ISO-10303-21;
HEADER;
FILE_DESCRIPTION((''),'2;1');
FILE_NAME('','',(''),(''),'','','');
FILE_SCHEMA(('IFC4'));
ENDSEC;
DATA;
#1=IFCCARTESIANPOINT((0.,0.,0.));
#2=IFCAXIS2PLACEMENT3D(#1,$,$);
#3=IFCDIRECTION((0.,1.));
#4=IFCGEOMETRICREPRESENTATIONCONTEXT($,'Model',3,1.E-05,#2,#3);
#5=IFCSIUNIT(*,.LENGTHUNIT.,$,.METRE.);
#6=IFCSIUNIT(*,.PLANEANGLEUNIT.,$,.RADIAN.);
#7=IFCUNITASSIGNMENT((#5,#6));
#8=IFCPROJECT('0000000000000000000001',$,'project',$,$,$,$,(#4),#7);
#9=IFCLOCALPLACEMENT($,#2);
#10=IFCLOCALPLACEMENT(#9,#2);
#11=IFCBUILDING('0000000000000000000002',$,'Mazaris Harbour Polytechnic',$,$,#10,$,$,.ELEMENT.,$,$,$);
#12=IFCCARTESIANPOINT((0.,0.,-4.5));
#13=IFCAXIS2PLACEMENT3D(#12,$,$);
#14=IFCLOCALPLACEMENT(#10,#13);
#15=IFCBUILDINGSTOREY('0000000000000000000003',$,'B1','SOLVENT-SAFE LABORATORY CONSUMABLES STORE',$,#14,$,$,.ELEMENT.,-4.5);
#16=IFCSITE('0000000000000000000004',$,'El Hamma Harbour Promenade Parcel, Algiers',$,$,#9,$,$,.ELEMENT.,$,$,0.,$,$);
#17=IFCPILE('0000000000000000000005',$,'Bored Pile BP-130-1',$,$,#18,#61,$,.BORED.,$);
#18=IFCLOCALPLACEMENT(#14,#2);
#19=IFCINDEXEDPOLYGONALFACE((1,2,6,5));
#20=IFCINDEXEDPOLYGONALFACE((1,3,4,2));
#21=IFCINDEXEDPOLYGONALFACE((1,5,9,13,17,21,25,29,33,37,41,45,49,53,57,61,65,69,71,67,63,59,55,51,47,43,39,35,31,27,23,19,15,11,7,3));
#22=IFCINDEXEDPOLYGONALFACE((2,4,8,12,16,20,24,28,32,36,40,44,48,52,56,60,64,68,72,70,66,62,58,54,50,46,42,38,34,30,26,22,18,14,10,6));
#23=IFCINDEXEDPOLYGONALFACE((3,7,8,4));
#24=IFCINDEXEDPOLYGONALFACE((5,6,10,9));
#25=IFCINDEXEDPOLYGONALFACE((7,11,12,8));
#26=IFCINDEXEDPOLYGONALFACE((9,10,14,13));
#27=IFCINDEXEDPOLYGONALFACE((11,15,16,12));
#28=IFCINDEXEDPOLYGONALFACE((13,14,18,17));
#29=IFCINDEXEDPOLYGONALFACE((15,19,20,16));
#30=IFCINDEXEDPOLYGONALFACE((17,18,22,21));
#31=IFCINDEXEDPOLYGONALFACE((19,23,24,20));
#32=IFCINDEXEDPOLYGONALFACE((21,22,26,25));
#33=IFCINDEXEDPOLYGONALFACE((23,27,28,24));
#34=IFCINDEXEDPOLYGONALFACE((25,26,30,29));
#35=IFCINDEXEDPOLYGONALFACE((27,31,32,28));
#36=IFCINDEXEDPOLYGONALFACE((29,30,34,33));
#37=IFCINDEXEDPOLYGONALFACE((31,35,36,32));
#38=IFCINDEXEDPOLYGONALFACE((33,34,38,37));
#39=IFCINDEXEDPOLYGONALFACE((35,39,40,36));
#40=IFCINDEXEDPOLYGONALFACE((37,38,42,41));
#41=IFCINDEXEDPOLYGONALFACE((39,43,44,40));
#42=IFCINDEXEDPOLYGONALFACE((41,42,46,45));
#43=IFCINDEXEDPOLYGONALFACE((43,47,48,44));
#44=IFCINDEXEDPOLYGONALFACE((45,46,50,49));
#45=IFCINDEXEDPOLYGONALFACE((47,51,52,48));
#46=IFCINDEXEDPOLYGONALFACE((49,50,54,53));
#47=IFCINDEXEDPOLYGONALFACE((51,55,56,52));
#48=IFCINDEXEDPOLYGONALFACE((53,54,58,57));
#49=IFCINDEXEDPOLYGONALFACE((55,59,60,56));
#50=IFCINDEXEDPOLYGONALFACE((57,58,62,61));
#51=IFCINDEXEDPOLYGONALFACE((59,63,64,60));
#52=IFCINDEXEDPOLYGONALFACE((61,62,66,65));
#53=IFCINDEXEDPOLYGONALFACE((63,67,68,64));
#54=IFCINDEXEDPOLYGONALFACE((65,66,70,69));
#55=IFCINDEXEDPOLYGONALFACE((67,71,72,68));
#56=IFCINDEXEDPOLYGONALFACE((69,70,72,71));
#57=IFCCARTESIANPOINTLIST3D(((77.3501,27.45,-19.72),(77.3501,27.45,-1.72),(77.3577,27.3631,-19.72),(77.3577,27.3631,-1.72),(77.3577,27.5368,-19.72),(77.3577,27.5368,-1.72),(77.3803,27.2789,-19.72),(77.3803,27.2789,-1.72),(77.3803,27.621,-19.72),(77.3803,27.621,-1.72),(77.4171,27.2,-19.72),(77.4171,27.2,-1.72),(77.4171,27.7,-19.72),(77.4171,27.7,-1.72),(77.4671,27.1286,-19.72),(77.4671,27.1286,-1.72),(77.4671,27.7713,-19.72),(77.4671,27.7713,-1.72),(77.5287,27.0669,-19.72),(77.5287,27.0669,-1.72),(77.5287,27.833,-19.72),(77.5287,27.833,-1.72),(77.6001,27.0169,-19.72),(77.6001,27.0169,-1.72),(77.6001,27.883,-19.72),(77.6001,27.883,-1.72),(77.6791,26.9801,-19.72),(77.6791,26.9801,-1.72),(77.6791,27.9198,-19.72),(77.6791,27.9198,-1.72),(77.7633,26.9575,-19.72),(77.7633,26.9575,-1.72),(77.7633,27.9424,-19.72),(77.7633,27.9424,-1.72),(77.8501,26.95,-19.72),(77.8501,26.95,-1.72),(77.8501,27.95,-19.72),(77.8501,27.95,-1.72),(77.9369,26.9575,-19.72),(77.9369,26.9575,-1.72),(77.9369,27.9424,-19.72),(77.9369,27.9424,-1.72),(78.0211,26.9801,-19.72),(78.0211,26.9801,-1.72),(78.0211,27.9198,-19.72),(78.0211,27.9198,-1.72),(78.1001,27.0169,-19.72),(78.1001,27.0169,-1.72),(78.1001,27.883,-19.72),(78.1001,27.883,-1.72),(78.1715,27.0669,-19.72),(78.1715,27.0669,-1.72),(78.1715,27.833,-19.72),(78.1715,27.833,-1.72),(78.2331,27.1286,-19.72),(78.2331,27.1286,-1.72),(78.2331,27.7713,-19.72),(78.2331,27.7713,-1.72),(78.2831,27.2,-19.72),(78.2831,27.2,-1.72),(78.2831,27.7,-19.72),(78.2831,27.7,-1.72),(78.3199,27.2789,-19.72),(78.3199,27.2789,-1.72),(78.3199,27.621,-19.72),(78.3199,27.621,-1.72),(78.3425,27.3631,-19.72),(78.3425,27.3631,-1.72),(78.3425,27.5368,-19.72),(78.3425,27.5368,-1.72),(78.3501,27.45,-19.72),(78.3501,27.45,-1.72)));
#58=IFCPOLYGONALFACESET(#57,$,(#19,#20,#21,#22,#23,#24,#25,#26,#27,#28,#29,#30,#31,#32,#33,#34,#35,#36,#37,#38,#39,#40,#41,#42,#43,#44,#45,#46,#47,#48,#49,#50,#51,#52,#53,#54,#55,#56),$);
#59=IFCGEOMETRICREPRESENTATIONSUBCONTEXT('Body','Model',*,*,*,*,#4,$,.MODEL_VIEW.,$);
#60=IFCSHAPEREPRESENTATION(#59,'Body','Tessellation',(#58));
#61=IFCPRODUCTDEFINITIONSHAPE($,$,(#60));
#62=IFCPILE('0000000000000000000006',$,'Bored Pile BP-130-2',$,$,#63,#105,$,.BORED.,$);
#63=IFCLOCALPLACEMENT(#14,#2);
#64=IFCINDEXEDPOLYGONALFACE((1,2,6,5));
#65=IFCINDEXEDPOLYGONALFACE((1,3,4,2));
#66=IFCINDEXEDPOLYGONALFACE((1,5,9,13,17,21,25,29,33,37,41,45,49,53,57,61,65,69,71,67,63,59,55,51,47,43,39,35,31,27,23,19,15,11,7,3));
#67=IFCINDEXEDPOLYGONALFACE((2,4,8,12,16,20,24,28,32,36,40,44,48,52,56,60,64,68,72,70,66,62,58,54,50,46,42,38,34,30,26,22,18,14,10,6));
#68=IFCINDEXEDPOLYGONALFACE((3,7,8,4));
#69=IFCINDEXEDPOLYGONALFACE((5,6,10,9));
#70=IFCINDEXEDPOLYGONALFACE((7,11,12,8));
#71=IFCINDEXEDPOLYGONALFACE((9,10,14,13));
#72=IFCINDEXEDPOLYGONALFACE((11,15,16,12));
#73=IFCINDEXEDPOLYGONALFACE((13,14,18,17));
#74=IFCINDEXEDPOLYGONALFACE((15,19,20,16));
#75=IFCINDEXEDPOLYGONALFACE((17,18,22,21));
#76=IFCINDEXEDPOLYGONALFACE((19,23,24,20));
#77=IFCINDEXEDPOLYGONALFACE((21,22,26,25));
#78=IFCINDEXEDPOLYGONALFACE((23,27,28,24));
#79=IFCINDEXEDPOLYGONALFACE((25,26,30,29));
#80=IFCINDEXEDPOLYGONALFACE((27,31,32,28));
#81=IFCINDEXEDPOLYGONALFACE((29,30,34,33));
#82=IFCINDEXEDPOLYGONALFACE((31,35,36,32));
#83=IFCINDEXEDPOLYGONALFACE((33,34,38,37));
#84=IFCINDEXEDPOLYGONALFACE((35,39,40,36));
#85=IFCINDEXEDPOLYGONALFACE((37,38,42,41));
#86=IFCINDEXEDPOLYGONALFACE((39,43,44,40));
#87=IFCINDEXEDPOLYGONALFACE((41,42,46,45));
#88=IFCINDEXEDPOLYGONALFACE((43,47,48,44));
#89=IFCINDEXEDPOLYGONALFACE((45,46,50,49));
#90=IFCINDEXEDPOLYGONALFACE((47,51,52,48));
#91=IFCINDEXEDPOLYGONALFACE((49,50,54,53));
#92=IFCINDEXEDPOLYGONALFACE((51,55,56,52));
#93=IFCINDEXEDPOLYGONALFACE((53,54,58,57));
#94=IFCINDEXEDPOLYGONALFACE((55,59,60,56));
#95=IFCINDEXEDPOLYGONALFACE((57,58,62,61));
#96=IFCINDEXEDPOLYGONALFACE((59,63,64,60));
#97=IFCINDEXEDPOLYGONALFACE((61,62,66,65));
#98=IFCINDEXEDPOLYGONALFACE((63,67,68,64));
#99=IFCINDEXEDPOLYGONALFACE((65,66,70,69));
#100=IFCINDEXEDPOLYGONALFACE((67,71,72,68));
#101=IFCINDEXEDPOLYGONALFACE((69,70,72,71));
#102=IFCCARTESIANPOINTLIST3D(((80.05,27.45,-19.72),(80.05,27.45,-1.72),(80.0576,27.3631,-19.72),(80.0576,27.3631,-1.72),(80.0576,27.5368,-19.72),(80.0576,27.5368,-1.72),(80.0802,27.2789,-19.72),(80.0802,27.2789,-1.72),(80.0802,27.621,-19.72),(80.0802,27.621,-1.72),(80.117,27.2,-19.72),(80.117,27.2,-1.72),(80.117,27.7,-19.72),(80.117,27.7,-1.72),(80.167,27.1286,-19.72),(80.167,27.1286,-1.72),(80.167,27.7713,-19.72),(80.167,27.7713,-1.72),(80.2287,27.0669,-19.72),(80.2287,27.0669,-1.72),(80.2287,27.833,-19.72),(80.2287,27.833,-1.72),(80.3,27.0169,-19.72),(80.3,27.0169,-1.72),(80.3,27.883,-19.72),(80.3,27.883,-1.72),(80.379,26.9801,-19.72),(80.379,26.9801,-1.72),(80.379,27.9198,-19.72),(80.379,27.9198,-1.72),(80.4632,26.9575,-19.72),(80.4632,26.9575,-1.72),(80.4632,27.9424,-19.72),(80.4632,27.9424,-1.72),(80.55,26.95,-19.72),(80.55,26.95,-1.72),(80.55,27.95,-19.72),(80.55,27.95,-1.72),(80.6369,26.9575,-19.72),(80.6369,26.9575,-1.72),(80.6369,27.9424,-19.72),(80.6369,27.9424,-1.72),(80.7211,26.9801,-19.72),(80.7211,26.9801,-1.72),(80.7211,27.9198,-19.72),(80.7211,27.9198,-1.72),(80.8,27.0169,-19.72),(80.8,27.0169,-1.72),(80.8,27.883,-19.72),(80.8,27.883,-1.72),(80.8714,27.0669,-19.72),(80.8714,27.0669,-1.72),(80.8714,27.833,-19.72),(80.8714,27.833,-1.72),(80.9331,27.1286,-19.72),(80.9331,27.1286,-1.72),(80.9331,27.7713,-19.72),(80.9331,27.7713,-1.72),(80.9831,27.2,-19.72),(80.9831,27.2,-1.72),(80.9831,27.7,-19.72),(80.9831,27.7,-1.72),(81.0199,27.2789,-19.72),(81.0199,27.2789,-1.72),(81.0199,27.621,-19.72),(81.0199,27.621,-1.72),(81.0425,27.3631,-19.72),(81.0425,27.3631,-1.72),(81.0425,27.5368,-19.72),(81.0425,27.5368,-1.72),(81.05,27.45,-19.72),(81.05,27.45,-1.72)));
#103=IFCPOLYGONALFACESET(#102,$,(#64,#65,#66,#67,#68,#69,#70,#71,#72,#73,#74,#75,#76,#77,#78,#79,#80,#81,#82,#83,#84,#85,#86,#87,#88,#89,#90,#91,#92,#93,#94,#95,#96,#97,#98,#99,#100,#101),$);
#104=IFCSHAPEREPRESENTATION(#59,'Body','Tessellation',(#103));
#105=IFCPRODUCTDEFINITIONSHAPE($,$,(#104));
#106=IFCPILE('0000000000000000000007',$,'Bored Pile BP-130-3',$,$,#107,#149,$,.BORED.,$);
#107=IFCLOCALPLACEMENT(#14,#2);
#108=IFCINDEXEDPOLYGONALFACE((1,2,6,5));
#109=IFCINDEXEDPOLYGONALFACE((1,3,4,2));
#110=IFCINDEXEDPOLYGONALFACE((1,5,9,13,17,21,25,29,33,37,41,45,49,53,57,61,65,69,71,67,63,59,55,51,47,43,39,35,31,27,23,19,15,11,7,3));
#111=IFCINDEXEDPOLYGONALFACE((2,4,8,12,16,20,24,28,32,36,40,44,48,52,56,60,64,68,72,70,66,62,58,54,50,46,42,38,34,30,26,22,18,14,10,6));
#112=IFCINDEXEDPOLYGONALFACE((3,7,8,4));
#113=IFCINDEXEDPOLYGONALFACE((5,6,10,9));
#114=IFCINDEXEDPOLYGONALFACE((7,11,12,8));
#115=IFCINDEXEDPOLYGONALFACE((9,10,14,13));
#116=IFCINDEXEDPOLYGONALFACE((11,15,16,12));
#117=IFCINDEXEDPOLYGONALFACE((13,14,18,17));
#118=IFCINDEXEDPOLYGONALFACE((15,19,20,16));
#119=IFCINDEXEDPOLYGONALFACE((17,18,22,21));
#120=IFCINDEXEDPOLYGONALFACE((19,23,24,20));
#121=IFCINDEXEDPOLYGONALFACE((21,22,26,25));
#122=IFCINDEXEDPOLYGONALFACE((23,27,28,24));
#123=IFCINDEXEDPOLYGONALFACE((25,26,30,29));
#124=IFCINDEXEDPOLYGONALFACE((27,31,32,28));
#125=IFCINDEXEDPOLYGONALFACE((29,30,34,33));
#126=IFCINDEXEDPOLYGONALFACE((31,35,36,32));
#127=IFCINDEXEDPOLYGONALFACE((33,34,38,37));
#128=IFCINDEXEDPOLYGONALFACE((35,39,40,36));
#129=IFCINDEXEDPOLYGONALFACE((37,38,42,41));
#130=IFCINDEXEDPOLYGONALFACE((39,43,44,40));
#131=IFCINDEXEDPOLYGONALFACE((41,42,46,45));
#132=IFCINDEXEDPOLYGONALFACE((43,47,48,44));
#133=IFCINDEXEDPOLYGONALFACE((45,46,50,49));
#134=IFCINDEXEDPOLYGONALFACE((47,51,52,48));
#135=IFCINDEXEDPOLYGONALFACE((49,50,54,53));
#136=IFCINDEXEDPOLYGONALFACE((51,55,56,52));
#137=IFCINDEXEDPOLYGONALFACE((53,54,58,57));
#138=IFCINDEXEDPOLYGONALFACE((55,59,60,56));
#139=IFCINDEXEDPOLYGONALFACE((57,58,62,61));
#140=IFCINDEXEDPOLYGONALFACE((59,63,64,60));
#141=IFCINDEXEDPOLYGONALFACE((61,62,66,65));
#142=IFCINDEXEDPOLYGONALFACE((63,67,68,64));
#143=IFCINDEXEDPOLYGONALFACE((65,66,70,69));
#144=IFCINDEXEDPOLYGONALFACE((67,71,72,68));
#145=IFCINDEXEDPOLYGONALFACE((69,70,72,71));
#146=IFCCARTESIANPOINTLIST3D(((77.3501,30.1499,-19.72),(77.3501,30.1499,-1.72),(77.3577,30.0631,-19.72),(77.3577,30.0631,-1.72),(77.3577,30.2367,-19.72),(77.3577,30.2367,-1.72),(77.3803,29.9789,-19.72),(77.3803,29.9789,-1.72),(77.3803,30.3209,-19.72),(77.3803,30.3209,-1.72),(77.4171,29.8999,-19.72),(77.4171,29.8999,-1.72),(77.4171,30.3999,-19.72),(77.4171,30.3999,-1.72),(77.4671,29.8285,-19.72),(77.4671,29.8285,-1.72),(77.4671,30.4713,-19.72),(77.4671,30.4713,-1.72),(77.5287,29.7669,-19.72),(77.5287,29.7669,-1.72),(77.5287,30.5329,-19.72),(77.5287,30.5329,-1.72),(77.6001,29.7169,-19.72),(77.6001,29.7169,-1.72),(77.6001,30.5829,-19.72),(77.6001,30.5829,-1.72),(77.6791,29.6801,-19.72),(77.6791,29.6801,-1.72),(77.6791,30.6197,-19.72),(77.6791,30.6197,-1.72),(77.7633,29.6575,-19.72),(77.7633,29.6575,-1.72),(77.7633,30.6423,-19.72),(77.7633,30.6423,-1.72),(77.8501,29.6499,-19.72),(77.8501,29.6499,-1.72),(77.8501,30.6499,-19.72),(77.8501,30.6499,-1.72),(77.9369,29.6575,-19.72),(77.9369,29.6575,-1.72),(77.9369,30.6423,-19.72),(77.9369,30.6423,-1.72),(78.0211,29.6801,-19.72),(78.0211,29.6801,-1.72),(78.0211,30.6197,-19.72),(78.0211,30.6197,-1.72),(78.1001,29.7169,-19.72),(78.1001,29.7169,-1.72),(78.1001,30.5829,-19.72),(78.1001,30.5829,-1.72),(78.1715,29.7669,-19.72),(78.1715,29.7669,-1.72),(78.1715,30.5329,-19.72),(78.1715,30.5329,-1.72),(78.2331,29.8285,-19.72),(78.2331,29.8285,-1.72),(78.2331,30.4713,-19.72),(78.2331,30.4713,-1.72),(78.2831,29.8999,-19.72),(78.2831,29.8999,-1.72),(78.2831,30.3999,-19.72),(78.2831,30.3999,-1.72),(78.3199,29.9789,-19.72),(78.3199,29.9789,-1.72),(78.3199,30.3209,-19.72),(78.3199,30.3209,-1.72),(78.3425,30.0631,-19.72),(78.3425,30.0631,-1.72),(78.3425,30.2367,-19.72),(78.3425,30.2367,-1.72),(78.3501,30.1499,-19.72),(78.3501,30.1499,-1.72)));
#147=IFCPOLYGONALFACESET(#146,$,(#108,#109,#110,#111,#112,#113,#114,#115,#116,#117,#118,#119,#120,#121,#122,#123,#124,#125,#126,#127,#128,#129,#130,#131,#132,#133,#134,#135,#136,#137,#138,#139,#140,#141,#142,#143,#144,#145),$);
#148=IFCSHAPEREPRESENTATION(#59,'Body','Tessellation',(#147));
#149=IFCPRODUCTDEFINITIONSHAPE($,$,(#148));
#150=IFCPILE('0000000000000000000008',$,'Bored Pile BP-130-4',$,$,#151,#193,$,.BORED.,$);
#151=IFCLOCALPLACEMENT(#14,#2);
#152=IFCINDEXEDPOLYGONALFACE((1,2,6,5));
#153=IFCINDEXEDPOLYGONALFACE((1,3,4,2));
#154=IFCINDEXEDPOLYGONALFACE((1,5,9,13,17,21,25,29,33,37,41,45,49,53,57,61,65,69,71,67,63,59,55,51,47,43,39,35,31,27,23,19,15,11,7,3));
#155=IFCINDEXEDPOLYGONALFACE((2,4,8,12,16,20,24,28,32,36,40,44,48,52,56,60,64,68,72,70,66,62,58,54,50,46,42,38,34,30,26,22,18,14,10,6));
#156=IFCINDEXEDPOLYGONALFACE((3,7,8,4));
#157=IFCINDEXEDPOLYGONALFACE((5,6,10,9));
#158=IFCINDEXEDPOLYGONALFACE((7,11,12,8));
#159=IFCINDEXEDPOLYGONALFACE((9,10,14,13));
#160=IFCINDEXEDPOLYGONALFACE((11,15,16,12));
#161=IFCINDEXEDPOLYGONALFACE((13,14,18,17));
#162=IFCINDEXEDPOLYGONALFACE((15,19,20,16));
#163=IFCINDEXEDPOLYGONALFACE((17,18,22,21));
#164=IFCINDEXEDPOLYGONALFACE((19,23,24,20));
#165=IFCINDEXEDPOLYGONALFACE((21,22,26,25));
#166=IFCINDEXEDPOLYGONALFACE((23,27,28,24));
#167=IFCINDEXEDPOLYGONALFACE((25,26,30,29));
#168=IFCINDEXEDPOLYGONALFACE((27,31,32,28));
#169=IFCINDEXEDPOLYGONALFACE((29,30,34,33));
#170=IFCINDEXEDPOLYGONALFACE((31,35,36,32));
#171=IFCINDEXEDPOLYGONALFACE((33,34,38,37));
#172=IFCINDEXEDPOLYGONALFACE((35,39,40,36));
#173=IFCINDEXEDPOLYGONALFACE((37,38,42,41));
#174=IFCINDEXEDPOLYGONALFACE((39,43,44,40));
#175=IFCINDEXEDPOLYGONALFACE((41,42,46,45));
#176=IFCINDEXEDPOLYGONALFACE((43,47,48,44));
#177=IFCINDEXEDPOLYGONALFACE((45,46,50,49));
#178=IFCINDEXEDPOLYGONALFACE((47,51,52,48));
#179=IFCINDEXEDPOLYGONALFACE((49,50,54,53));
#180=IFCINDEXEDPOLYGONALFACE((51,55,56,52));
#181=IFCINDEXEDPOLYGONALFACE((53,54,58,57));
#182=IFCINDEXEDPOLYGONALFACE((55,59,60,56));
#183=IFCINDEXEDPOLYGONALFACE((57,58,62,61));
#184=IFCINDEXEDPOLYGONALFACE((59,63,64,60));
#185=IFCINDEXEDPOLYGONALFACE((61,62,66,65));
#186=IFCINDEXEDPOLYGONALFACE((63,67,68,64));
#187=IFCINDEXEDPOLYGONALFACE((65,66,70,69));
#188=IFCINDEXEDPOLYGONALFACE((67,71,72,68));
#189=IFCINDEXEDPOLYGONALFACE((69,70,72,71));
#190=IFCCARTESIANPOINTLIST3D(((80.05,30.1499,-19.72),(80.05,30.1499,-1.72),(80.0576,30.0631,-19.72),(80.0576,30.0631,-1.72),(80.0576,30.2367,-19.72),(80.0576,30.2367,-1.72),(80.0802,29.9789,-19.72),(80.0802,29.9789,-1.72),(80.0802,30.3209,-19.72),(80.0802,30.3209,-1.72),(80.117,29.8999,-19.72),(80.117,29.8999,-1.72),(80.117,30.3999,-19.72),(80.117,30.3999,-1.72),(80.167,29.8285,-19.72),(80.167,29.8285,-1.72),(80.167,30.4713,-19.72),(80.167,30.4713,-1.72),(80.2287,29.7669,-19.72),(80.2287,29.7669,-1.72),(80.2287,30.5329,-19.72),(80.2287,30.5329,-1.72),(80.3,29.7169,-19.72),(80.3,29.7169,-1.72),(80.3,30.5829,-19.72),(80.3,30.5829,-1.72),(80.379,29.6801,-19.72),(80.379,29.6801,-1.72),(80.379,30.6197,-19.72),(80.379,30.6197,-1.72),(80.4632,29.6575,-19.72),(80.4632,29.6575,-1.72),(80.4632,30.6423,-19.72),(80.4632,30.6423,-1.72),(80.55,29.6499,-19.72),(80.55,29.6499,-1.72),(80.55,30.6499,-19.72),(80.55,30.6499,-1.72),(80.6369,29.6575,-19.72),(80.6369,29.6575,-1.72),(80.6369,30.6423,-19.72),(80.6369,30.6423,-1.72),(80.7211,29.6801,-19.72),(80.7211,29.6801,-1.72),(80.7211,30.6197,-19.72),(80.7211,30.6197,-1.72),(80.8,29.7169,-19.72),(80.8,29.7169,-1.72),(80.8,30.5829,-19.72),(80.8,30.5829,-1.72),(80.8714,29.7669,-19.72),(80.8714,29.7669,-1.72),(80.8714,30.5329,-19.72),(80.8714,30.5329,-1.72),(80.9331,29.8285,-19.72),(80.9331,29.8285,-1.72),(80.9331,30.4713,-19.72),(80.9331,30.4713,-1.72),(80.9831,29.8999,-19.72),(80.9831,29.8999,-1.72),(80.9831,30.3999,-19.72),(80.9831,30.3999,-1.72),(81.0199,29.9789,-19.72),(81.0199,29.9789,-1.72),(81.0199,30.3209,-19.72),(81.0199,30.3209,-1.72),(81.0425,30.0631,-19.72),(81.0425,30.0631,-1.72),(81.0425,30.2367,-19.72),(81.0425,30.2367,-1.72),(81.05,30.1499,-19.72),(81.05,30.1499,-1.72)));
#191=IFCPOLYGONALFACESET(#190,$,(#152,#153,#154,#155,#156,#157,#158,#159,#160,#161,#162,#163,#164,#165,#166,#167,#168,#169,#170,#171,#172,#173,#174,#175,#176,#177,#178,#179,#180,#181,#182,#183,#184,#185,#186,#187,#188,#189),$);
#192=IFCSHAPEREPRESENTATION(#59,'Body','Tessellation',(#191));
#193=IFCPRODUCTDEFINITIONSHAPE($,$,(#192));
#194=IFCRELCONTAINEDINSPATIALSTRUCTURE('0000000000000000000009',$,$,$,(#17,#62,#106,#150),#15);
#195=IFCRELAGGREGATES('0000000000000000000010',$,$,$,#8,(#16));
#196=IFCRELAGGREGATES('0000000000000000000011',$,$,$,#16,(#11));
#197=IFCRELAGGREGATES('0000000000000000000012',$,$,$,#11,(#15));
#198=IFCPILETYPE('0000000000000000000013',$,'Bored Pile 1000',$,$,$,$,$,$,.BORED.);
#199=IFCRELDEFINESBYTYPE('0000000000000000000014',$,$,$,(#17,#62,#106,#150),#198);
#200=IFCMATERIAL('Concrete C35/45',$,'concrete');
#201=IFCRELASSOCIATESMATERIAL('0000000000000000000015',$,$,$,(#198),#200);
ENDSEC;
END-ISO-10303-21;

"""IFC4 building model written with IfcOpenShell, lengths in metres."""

from ifc_helpers import new_model, si_unit, direction, frame, origin, origin_2d, place, context, subcontext, project, spatial, circle, extrude, material, material_profile, profile_set, type_object, element, save


model = new_model("IFC4")

# Units and contexts
model_context = context("Model", 3, precision=1e-05, world=origin(), true_north=direction((0.0, 1.0)))
body_context = subcontext(model_context, "Body", "Model", "MODEL_VIEW")
ifc_project = project(units=[si_unit("LENGTHUNIT", "METRE"), si_unit("PLANEANGLEUNIT", "RADIAN")], contexts=[model_context])

# Site, building, storey
site_placement = place(None, origin())
site = spatial("IfcSite", under=ifc_project, at=site_placement, Name="El Hamma Harbour Promenade Parcel, Algiers", CompositionType="ELEMENT", RefElevation=0.0)
building_placement = place(site_placement, origin())
building = spatial("IfcBuilding", under=site, at=building_placement, Name="Mazaris Harbour Polytechnic", CompositionType="ELEMENT")
storey_placement = place(building_placement, frame((0.0, 0.0, -4.5)))
storey = spatial("IfcBuildingStorey", under=building, at=storey_placement, Name="B1", Description="SOLVENT-SAFE LABORATORY CONSUMABLES STORE", CompositionType="ELEMENT", Elevation=-4.5)

# Piles
ifc_material_1 = material(Name="Concrete C35/45", Category="concrete")
ifc_material_profile_1 = material_profile(ifc_material_1, circle(Radius=0.5, at=origin_2d()), Name="DIA1000")
ifc_profile_set_1 = profile_set([ifc_material_profile_1], Name="Concrete C35/45")
pile_type_1 = type_object("IfcPileType", Name="Bored Pile 1000", PredefinedType="BORED", material=ifc_profile_set_1)
for number, where, z_axis, x_axis, name in (
    (1, (77.8501, 27.45, -1.72), (0.0, 0.0, -1.0), (1.0, 0.0, 0.0), "Bored Pile BP-130-1"),
    (2, (80.55, 27.45, -1.72), (0.0, 0.0, -1.0), (1.0, 0.0, 0.0), "Bored Pile BP-130-2"),
    (3, (77.8501, 30.1499, -1.72), (0.0, 0.0, -1.0), (1.0, 0.0, 0.0), "Bored Pile BP-130-3"),
    (4, (80.55, 30.1499, -1.72), (0.0, 0.0, -1.0), (1.0, 0.0, 0.0), "Bored Pile BP-130-4"),
):
    element("IfcPile", number, at=place(storey_placement, frame(where, z_axis=z_axis, x_axis=x_axis)), inside=storey, type_object=pile_type_1, Name=name, PredefinedType="BORED", context=body_context, shape_type="SweptSolid", body=[
        extrude(circle(Radius=0.5, at=origin_2d()), origin(), (0.0, 0.0, 1.0), 18.0),
    ])

save(model, "model.ifc")
